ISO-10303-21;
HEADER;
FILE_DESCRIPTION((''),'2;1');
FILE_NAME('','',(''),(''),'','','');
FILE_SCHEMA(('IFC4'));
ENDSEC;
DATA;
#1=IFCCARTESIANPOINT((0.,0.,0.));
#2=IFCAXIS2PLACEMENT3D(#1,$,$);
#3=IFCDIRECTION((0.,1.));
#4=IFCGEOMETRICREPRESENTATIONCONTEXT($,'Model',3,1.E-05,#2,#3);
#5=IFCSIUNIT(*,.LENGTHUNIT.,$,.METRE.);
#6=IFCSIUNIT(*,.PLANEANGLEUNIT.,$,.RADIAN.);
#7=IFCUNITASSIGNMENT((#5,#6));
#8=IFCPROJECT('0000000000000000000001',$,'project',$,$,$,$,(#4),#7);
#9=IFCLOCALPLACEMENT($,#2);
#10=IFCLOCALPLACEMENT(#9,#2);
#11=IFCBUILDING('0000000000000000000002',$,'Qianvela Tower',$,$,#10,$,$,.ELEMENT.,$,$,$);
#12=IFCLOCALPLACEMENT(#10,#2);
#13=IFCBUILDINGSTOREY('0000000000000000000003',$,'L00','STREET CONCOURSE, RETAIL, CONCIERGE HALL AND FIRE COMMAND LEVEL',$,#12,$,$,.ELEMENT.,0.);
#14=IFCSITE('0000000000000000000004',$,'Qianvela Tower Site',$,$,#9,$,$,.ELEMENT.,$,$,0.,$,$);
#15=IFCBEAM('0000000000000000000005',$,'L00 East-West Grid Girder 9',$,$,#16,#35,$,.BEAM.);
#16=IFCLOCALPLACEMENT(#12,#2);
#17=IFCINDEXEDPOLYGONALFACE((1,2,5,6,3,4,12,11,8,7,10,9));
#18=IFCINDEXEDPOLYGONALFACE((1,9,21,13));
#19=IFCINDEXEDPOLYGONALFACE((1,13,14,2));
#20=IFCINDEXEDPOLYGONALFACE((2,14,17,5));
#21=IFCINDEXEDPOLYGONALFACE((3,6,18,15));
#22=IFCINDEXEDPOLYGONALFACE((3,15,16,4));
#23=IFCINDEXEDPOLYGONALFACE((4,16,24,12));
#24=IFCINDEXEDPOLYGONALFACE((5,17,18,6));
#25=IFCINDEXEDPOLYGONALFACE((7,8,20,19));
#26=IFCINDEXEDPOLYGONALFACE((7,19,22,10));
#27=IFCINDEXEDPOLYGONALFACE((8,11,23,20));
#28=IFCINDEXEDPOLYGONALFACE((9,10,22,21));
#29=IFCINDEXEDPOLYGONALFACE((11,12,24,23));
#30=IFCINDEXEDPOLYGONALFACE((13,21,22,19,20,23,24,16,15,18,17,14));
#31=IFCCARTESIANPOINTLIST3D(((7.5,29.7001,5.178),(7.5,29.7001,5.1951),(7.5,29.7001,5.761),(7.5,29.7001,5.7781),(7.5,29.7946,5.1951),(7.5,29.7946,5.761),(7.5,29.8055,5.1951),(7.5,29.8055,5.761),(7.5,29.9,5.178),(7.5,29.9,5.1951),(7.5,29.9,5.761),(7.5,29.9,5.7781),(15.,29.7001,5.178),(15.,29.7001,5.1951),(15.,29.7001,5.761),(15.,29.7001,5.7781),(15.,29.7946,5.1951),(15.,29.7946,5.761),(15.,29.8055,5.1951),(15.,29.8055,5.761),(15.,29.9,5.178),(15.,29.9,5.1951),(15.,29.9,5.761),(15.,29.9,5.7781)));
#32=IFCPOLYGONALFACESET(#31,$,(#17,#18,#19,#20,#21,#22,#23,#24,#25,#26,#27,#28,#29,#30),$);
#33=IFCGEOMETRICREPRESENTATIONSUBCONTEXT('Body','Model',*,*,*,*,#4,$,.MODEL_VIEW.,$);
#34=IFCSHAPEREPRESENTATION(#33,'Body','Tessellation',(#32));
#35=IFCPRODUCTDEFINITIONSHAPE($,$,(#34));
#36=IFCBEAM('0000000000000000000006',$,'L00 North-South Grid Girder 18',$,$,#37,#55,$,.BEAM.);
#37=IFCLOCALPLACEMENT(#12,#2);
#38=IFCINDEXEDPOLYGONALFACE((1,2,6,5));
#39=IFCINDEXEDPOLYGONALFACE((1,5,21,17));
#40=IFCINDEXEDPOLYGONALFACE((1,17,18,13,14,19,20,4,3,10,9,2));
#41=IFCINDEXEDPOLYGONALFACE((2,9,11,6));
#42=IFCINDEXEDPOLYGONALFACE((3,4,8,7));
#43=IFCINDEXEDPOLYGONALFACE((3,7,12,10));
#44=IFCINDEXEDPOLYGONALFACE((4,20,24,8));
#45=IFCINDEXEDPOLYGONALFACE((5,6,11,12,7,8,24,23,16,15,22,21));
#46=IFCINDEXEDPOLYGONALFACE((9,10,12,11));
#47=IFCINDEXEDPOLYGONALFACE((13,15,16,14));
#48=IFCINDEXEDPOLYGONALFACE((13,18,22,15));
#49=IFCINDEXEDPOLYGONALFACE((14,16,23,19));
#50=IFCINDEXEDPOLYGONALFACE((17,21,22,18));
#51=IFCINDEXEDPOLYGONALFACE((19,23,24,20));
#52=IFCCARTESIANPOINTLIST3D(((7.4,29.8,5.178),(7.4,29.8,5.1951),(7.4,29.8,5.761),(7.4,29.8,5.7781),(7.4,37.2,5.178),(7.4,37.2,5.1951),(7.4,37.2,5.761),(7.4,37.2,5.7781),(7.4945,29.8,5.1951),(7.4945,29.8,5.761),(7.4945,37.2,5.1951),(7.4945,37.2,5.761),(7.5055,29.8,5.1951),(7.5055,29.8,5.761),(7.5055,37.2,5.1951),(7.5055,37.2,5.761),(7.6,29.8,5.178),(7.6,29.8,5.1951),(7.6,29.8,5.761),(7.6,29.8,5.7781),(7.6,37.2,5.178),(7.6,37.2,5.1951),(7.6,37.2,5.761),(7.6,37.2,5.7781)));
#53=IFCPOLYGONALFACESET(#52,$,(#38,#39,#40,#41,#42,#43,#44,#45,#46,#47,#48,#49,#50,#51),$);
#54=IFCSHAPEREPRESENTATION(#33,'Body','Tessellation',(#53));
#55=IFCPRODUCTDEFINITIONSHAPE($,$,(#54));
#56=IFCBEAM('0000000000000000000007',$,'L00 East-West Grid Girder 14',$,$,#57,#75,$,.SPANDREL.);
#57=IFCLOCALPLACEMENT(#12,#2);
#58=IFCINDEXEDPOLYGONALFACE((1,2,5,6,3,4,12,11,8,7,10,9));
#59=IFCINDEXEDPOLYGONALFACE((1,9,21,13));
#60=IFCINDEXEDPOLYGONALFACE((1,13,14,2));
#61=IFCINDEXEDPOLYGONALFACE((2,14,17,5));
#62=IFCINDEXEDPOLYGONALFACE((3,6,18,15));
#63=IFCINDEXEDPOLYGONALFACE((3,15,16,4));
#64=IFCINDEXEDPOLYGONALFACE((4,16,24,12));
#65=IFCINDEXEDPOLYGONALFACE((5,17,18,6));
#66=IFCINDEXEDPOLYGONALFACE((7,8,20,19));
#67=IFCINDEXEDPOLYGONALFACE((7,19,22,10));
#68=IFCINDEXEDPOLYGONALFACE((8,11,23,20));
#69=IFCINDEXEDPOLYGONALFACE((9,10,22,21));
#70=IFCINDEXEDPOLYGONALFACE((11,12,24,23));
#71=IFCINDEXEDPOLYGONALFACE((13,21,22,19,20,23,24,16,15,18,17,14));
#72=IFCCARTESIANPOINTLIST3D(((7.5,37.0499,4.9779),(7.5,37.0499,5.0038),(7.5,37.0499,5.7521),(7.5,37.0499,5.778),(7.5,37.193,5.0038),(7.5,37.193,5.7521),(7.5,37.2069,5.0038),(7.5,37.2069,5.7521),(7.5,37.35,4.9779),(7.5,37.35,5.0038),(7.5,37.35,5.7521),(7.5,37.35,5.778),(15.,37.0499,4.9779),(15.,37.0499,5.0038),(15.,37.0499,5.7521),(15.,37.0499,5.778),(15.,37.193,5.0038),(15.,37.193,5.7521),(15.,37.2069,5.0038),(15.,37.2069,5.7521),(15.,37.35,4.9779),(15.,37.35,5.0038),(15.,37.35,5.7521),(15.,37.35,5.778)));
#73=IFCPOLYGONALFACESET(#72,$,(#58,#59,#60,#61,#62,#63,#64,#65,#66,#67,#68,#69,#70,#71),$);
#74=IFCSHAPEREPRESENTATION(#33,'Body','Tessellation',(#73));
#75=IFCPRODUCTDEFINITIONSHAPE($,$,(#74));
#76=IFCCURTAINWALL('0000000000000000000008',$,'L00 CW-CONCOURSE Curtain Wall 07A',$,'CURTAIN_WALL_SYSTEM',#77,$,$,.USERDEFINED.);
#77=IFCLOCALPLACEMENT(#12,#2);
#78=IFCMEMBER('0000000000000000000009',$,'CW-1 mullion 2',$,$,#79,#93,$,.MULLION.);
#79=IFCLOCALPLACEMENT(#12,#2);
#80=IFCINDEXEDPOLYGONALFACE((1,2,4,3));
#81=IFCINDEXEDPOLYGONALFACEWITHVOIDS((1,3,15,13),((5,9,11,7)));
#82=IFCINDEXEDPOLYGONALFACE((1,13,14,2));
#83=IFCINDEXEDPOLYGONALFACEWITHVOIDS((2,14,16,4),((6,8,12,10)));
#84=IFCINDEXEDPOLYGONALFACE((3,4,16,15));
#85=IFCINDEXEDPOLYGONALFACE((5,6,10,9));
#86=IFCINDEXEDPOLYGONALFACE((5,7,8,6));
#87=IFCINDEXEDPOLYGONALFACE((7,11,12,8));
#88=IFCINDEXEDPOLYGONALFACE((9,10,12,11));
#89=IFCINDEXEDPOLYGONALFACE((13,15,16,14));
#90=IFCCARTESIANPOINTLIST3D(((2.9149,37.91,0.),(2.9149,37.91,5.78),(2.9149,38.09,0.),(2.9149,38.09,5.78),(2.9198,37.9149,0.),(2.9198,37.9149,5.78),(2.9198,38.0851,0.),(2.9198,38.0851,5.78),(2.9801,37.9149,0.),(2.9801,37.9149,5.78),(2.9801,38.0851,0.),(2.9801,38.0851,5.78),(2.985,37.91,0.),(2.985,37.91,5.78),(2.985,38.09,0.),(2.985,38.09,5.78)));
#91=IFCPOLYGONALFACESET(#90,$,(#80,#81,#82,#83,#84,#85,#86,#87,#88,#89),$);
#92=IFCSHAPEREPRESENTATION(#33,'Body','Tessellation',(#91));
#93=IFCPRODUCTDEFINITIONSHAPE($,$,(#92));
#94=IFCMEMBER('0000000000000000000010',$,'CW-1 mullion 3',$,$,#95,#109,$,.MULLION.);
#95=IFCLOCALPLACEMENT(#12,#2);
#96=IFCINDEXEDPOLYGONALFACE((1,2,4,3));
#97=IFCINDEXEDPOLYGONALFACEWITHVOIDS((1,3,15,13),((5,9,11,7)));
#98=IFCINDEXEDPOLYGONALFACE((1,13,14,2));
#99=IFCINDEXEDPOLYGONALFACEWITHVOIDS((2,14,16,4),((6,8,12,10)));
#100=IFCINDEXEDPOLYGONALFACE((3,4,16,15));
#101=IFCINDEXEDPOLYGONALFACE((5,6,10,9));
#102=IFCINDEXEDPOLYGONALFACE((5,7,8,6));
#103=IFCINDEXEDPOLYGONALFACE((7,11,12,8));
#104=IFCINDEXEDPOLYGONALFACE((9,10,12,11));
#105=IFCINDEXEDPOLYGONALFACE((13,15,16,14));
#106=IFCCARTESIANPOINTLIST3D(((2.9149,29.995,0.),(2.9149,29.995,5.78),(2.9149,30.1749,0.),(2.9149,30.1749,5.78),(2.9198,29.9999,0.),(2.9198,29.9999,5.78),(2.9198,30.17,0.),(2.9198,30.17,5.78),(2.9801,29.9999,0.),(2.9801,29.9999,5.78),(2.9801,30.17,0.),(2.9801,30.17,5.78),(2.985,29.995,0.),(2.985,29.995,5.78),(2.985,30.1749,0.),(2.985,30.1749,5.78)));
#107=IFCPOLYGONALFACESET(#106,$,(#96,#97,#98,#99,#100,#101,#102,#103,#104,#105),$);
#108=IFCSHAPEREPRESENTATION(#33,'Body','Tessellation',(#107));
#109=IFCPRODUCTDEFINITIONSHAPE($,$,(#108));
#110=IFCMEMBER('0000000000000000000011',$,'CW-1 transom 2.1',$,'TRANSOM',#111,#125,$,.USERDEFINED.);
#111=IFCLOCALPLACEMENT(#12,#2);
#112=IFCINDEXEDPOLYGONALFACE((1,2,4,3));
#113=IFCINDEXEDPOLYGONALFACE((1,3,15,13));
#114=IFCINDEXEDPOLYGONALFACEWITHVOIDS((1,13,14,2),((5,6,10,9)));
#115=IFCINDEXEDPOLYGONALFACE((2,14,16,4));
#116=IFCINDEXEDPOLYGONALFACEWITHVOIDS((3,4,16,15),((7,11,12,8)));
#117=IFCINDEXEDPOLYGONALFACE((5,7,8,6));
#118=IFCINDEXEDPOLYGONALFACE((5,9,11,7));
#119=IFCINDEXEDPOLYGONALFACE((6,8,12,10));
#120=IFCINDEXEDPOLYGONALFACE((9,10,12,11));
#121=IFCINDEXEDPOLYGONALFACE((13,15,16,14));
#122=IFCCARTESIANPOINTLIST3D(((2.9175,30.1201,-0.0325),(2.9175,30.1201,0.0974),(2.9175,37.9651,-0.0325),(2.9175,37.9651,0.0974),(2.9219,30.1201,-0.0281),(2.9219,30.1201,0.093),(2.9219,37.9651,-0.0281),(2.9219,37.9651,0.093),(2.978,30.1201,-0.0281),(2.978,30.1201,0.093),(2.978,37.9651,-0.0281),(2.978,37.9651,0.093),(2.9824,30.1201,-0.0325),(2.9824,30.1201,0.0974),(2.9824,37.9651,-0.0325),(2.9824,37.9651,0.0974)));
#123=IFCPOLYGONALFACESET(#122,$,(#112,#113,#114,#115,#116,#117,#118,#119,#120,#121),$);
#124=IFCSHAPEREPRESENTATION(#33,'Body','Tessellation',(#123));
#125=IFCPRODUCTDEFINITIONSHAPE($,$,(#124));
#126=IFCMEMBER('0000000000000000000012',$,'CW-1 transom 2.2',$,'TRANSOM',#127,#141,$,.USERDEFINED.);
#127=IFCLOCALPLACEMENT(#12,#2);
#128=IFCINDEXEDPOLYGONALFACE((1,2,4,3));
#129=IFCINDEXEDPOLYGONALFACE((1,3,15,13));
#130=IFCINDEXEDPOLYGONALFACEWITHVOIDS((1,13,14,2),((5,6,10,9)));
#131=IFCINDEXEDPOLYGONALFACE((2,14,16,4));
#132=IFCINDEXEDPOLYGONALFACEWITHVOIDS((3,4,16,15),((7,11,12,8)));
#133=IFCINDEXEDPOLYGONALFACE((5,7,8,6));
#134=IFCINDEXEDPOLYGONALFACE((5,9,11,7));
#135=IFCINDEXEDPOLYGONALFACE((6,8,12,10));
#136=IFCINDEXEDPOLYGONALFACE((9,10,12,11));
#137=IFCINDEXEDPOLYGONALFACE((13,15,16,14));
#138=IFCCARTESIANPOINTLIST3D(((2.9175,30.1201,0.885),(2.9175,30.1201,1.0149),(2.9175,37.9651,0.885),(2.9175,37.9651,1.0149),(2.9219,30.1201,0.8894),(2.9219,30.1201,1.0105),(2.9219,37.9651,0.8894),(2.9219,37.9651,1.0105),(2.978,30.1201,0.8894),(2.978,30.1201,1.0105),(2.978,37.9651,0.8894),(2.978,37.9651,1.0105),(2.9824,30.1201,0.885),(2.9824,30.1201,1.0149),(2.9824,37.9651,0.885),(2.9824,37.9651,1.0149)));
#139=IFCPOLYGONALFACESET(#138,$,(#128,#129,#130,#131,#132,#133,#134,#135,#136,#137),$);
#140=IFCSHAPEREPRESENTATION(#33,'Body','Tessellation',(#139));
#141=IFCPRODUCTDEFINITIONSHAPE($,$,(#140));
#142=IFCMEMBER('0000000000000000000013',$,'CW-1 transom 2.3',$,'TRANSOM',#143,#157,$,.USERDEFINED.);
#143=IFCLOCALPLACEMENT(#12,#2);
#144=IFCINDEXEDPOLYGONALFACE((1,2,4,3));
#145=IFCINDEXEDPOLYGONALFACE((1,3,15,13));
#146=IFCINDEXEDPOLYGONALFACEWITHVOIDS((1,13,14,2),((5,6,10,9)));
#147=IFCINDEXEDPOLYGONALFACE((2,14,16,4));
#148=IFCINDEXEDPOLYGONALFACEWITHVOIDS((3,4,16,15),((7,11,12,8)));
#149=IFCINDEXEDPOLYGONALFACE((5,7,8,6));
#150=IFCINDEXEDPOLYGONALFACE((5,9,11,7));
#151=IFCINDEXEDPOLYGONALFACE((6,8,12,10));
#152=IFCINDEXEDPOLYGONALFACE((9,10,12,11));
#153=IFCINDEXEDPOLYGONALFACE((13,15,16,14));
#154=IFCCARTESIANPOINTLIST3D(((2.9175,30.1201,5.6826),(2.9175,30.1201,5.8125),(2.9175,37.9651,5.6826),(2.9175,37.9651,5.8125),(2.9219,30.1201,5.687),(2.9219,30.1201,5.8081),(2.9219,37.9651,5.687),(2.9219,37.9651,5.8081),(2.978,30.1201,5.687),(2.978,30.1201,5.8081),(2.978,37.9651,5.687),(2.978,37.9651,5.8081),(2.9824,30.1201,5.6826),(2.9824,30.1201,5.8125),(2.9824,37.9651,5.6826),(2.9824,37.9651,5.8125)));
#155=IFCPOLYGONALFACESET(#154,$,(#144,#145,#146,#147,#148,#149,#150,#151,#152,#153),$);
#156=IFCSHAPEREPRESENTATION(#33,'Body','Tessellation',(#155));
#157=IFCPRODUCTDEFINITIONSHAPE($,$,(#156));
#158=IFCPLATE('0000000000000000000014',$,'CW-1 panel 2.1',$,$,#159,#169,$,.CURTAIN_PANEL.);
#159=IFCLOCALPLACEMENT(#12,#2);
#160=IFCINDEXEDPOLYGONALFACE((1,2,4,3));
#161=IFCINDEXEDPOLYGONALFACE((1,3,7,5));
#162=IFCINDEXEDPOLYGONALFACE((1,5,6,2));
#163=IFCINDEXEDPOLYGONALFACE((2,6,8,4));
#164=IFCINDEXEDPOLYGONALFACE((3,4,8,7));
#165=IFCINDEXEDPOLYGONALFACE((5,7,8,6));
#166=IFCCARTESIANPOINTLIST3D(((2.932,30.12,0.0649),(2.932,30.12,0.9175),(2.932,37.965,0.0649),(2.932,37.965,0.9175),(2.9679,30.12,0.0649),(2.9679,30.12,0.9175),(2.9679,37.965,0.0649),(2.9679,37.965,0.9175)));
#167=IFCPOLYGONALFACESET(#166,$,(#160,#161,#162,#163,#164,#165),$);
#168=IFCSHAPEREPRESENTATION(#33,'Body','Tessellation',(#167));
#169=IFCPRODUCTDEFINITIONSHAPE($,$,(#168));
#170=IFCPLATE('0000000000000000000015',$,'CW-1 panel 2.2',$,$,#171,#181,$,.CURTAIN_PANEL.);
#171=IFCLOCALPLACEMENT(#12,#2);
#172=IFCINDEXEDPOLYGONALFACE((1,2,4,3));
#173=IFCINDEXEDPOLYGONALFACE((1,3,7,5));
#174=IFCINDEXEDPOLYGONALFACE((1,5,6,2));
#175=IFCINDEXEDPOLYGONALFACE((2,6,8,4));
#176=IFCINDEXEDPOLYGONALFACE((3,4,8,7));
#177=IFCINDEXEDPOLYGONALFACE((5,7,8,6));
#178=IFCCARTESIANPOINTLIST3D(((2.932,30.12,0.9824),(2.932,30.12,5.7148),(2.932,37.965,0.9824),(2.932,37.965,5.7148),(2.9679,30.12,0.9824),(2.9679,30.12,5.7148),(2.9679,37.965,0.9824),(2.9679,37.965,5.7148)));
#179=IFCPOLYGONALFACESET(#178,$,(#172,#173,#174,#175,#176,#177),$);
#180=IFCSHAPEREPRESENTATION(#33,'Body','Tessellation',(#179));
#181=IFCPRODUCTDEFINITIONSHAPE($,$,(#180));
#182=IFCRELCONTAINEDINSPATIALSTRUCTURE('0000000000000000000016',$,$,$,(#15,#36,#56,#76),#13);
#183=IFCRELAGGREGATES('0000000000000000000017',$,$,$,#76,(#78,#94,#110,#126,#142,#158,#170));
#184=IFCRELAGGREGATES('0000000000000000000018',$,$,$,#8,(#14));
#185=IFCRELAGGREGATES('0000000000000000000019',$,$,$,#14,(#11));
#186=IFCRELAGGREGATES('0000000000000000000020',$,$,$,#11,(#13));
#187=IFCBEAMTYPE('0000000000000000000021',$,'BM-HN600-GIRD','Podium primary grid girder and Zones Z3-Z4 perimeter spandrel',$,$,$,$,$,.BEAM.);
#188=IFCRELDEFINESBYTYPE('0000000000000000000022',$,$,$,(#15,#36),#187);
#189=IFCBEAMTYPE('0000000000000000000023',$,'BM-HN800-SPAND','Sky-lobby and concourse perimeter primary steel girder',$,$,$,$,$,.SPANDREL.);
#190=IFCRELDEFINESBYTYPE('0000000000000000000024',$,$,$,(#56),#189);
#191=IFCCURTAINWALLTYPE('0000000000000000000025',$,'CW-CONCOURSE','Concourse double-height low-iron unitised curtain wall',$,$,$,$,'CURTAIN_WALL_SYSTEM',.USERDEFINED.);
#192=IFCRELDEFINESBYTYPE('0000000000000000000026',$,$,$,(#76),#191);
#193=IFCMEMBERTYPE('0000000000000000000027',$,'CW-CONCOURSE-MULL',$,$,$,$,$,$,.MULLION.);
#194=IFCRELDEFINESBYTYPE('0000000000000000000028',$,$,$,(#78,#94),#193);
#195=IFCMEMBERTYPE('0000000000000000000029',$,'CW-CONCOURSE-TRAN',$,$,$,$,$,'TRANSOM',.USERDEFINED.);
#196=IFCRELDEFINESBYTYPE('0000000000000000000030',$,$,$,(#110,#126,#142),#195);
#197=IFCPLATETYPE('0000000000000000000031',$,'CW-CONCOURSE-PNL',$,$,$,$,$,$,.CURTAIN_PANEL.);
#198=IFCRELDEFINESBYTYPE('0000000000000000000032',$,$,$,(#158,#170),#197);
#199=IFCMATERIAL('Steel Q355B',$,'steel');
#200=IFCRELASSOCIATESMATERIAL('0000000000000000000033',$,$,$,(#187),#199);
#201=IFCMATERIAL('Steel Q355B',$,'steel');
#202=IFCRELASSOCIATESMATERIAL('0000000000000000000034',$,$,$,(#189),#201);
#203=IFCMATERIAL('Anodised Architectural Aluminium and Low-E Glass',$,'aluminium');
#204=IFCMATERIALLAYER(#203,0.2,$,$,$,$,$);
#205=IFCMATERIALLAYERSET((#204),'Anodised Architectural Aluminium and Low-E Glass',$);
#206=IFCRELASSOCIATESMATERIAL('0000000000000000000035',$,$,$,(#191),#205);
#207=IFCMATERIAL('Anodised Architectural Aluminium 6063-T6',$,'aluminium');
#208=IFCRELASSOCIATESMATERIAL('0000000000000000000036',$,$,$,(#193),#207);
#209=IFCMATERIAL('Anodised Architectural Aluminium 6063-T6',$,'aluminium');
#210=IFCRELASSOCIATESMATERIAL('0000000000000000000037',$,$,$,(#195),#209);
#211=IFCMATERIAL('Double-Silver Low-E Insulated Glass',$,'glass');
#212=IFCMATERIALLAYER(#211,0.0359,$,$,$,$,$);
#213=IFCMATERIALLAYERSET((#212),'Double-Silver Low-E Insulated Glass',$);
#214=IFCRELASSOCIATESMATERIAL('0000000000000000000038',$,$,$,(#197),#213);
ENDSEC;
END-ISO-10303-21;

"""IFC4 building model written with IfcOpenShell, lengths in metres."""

from ifc_helpers import new_model, si_unit, direction, frame, origin, origin_2d, place, context, subcontext, project, spatial, rectangle, hollow_rectangle, i_section, extrude, material, layer, layer_set, material_profile, profile_set, type_object, element, aggregate, save


model = new_model("IFC4")

# Units and contexts
model_context = context("Model", 3, precision=1e-05, world=origin(), true_north=direction((0.0, 1.0)))
body_context = subcontext(model_context, "Body", "Model", "MODEL_VIEW")
ifc_project = project(units=[si_unit("LENGTHUNIT", "METRE"), si_unit("PLANEANGLEUNIT", "RADIAN")], contexts=[model_context])

# Site, building, storey
site_placement = place(None, origin())
site = spatial("IfcSite", under=ifc_project, at=site_placement, Name="Qianvela Tower Site", CompositionType="ELEMENT", RefElevation=0.0)
building_placement = place(site_placement, origin())
building = spatial("IfcBuilding", under=site, at=building_placement, Name="Qianvela Tower", CompositionType="ELEMENT")
storey_placement = place(building_placement, origin())
storey = spatial("IfcBuildingStorey", under=building, at=storey_placement, Name="L00", Description="STREET CONCOURSE, RETAIL, CONCIERGE HALL AND FIRE COMMAND LEVEL", CompositionType="ELEMENT", Elevation=0.0)

# Beams
ifc_material_1 = material(Name="Steel Q355B", Category="steel")
ifc_material_profile_1 = material_profile(ifc_material_1, i_section(OverallWidth=0.2, OverallDepth=0.6001, WebThickness=0.011, FlangeThickness=0.0171, at=origin_2d()), Name="HN600x200x11x17")
ifc_profile_set_1 = profile_set([ifc_material_profile_1], Name="Steel Q355B")
beam_type_1 = type_object("IfcBeamType", Name="BM-HN600-GIRD", Description="Podium primary grid girder and Zones Z3-Z4 perimeter spandrel", PredefinedType="BEAM", material=ifc_profile_set_1)
beam_1_placement = place(storey_placement, frame((7.5, 29.8, 5.478), z_axis=(1.0, 0.0, 0.0), x_axis=(0.0, 1.0, 0.0)))
element("IfcBeam", 1, at=beam_1_placement, inside=storey, type_object=beam_type_1, Name="L00 East-West Grid Girder 9", PredefinedType="BEAM", context=body_context, shape_type="SweptSolid", body=[
    extrude(i_section(OverallWidth=0.2, OverallDepth=0.6001, WebThickness=0.011, FlangeThickness=0.0171, at=origin_2d()), origin(), (0.0, 0.0, 1.0), 7.5),
])
beam_2_placement = place(storey_placement, frame((7.5, 29.8, 5.478), z_axis=(0.0, 1.0, 0.0), x_axis=(-1.0, 0.0, 0.0)))
element("IfcBeam", 2, at=beam_2_placement, inside=storey, type_object=beam_type_1, Name="L00 North-South Grid Girder 18", PredefinedType="BEAM", context=body_context, shape_type="SweptSolid", body=[
    extrude(i_section(OverallWidth=0.2, OverallDepth=0.6001, WebThickness=0.011, FlangeThickness=0.0171, at=origin_2d()), origin(), (0.0, 0.0, 1.0), 7.3999),
])
ifc_material_2 = material(Name="Steel Q355B", Category="steel")
ifc_material_profile_2 = material_profile(ifc_material_2, i_section(OverallWidth=0.3, OverallDepth=0.8, WebThickness=0.0139, FlangeThickness=0.0259, at=origin_2d()), Name="HN800x300x14x26")
ifc_profile_set_2 = profile_set([ifc_material_profile_2], Name="Steel Q355B")
beam_type_2 = type_object("IfcBeamType", Name="BM-HN800-SPAND", Description="Sky-lobby and concourse perimeter primary steel girder", PredefinedType="SPANDREL", material=ifc_profile_set_2)
beam_3_placement = place(storey_placement, frame((7.5, 37.2, 5.3779), z_axis=(1.0, 0.0, 0.0), x_axis=(0.0, 1.0, 0.0)))
element("IfcBeam", 3, at=beam_3_placement, inside=storey, type_object=beam_type_2, Name="L00 East-West Grid Girder 14", PredefinedType="SPANDREL", context=body_context, shape_type="SweptSolid", body=[
    extrude(i_section(OverallWidth=0.3, OverallDepth=0.8, WebThickness=0.0139, FlangeThickness=0.0259, at=origin_2d()), origin(), (0.0, 0.0, 1.0), 7.5),
])

# Curtain wall, members, plates
ifc_material_3 = material(Name="Anodised Architectural Aluminium and Low-E Glass", Category="aluminium")
ifc_layer_1 = layer(ifc_material_3, 0.2)
ifc_layer_set_1 = layer_set([ifc_layer_1], Name="Anodised Architectural Aluminium and Low-E Glass")
curtain_wall_type = type_object("IfcCurtainWallType", Name="CW-CONCOURSE", Description="Concourse double-height low-iron unitised curtain wall", ElementType="CURTAIN_WALL_SYSTEM", PredefinedType="USERDEFINED", material=ifc_layer_set_1)
curtain_wall_placement = place(storey_placement, origin())
curtain_wall = element("IfcCurtainWall", 4, at=curtain_wall_placement, inside=storey, type_object=curtain_wall_type, Name="L00 CW-CONCOURSE Curtain Wall 07A", ObjectType="CURTAIN_WALL_SYSTEM", PredefinedType="USERDEFINED")
ifc_material_4 = material(Name="Anodised Architectural Aluminium 6063-T6", Category="aluminium")
ifc_material_profile_3 = material_profile(ifc_material_4, hollow_rectangle(XDim=0.0701, YDim=0.1799, WallThickness=0.0049, at=origin_2d()), Name="ALU-MULL-70x180")
ifc_profile_set_3 = profile_set([ifc_material_profile_3], Name="Anodised Architectural Aluminium 6063-T6")
member_type_1 = type_object("IfcMemberType", Name="CW-CONCOURSE-MULL", PredefinedType="MULLION", material=ifc_profile_set_3)
member_1_placement = place(storey_placement, frame((2.95, 38.0, 0.0), z_axis=(0.0, 0.0, 1.0), x_axis=(1.0, 0.0, 0.0)))
member_1 = element("IfcMember", 5, at=member_1_placement, type_object=member_type_1, Name="CW-1 mullion 2", PredefinedType="MULLION", context=body_context, shape_type="SweptSolid", body=[
    extrude(hollow_rectangle(XDim=0.0701, YDim=0.1799, WallThickness=0.0049, at=origin_2d()), origin(), (0.0, 0.0, 1.0), 5.78),
])
member_2_placement = place(storey_placement, frame((2.95, 30.085, 0.0), z_axis=(0.0, 0.0, 1.0), x_axis=(1.0, 0.0, 0.0)))
member_2 = element("IfcMember", 6, at=member_2_placement, type_object=member_type_1, Name="CW-1 mullion 3", PredefinedType="MULLION", context=body_context, shape_type="SweptSolid", body=[
    extrude(hollow_rectangle(XDim=0.0701, YDim=0.1799, WallThickness=0.0049, at=origin_2d()), origin(), (0.0, 0.0, 1.0), 5.78),
])
ifc_material_5 = material(Name="Anodised Architectural Aluminium 6063-T6", Category="aluminium")
ifc_material_profile_4 = material_profile(ifc_material_5, hollow_rectangle(XDim=0.0649, YDim=0.1299, WallThickness=0.0044, at=origin_2d()), Name="ALU-TRAN-65x130")
ifc_profile_set_4 = profile_set([ifc_material_profile_4], Name="Anodised Architectural Aluminium 6063-T6")
member_type_2 = type_object("IfcMemberType", Name="CW-CONCOURSE-TRAN", ElementType="TRANSOM", PredefinedType="USERDEFINED", material=ifc_profile_set_4)
member_3_placement = place(storey_placement, frame((2.95, 37.9651, 0.0325), z_axis=(0.0, -1.0, 0.0), x_axis=(1.0, 0.0, 0.0)))
member_3 = element("IfcMember", 7, at=member_3_placement, type_object=member_type_2, Name="CW-1 transom 2.1", ObjectType="TRANSOM", PredefinedType="USERDEFINED", context=body_context, shape_type="SweptSolid", body=[
    extrude(hollow_rectangle(XDim=0.0649, YDim=0.1299, WallThickness=0.0044, at=origin_2d()), origin(), (0.0, 0.0, 1.0), 7.845),
])
member_4_placement = place(storey_placement, frame((2.95, 37.9651, 0.95), z_axis=(0.0, -1.0, 0.0), x_axis=(1.0, 0.0, 0.0)))
member_4 = element("IfcMember", 8, at=member_4_placement, type_object=member_type_2, Name="CW-1 transom 2.2", ObjectType="TRANSOM", PredefinedType="USERDEFINED", context=body_context, shape_type="SweptSolid", body=[
    extrude(hollow_rectangle(XDim=0.0649, YDim=0.1299, WallThickness=0.0044, at=origin_2d()), origin(), (0.0, 0.0, 1.0), 7.845),
])
member_5_placement = place(storey_placement, frame((2.95, 37.9651, 5.7476), z_axis=(0.0, -1.0, 0.0), x_axis=(1.0, 0.0, 0.0)))
member_5 = element("IfcMember", 9, at=member_5_placement, type_object=member_type_2, Name="CW-1 transom 2.3", ObjectType="TRANSOM", PredefinedType="USERDEFINED", context=body_context, shape_type="SweptSolid", body=[
    extrude(hollow_rectangle(XDim=0.0649, YDim=0.1299, WallThickness=0.0044, at=origin_2d()), origin(), (0.0, 0.0, 1.0), 7.845),
])
ifc_material_6 = material(Name="Double-Silver Low-E Insulated Glass", Category="glass")
ifc_layer_2 = layer(ifc_material_6, 0.0359)
ifc_layer_set_2 = layer_set([ifc_layer_2], Name="Double-Silver Low-E Insulated Glass")
plate_type = type_object("IfcPlateType", Name="CW-CONCOURSE-PNL", PredefinedType="CURTAIN_PANEL", material=ifc_layer_set_2)
plate_1_placement = place(storey_placement, frame((2.95, 34.0425, 0.0649), z_axis=(0.0, 0.0, 1.0), x_axis=(0.0, -1.0, 0.0)))
plate_1 = element("IfcPlate", 10, at=plate_1_placement, type_object=plate_type, Name="CW-1 panel 2.1", PredefinedType="CURTAIN_PANEL", context=body_context, shape_type="SweptSolid", body=[
    extrude(rectangle(XDim=7.845, YDim=0.0359, at=origin_2d()), origin(), (0.0, 0.0, 1.0), 0.8525),
])
plate_2_placement = place(storey_placement, frame((2.95, 34.0425, 0.9824), z_axis=(0.0, 0.0, 1.0), x_axis=(0.0, -1.0, 0.0)))
plate_2 = element("IfcPlate", 11, at=plate_2_placement, type_object=plate_type, Name="CW-1 panel 2.2", PredefinedType="CURTAIN_PANEL", context=body_context, shape_type="SweptSolid", body=[
    extrude(rectangle(XDim=7.845, YDim=0.0359, at=origin_2d()), origin(), (0.0, 0.0, 1.0), 4.7324),
])
aggregate(curtain_wall, [member_1, member_2, member_3, member_4, member_5, plate_1, plate_2])

save(model, "model.ifc")
